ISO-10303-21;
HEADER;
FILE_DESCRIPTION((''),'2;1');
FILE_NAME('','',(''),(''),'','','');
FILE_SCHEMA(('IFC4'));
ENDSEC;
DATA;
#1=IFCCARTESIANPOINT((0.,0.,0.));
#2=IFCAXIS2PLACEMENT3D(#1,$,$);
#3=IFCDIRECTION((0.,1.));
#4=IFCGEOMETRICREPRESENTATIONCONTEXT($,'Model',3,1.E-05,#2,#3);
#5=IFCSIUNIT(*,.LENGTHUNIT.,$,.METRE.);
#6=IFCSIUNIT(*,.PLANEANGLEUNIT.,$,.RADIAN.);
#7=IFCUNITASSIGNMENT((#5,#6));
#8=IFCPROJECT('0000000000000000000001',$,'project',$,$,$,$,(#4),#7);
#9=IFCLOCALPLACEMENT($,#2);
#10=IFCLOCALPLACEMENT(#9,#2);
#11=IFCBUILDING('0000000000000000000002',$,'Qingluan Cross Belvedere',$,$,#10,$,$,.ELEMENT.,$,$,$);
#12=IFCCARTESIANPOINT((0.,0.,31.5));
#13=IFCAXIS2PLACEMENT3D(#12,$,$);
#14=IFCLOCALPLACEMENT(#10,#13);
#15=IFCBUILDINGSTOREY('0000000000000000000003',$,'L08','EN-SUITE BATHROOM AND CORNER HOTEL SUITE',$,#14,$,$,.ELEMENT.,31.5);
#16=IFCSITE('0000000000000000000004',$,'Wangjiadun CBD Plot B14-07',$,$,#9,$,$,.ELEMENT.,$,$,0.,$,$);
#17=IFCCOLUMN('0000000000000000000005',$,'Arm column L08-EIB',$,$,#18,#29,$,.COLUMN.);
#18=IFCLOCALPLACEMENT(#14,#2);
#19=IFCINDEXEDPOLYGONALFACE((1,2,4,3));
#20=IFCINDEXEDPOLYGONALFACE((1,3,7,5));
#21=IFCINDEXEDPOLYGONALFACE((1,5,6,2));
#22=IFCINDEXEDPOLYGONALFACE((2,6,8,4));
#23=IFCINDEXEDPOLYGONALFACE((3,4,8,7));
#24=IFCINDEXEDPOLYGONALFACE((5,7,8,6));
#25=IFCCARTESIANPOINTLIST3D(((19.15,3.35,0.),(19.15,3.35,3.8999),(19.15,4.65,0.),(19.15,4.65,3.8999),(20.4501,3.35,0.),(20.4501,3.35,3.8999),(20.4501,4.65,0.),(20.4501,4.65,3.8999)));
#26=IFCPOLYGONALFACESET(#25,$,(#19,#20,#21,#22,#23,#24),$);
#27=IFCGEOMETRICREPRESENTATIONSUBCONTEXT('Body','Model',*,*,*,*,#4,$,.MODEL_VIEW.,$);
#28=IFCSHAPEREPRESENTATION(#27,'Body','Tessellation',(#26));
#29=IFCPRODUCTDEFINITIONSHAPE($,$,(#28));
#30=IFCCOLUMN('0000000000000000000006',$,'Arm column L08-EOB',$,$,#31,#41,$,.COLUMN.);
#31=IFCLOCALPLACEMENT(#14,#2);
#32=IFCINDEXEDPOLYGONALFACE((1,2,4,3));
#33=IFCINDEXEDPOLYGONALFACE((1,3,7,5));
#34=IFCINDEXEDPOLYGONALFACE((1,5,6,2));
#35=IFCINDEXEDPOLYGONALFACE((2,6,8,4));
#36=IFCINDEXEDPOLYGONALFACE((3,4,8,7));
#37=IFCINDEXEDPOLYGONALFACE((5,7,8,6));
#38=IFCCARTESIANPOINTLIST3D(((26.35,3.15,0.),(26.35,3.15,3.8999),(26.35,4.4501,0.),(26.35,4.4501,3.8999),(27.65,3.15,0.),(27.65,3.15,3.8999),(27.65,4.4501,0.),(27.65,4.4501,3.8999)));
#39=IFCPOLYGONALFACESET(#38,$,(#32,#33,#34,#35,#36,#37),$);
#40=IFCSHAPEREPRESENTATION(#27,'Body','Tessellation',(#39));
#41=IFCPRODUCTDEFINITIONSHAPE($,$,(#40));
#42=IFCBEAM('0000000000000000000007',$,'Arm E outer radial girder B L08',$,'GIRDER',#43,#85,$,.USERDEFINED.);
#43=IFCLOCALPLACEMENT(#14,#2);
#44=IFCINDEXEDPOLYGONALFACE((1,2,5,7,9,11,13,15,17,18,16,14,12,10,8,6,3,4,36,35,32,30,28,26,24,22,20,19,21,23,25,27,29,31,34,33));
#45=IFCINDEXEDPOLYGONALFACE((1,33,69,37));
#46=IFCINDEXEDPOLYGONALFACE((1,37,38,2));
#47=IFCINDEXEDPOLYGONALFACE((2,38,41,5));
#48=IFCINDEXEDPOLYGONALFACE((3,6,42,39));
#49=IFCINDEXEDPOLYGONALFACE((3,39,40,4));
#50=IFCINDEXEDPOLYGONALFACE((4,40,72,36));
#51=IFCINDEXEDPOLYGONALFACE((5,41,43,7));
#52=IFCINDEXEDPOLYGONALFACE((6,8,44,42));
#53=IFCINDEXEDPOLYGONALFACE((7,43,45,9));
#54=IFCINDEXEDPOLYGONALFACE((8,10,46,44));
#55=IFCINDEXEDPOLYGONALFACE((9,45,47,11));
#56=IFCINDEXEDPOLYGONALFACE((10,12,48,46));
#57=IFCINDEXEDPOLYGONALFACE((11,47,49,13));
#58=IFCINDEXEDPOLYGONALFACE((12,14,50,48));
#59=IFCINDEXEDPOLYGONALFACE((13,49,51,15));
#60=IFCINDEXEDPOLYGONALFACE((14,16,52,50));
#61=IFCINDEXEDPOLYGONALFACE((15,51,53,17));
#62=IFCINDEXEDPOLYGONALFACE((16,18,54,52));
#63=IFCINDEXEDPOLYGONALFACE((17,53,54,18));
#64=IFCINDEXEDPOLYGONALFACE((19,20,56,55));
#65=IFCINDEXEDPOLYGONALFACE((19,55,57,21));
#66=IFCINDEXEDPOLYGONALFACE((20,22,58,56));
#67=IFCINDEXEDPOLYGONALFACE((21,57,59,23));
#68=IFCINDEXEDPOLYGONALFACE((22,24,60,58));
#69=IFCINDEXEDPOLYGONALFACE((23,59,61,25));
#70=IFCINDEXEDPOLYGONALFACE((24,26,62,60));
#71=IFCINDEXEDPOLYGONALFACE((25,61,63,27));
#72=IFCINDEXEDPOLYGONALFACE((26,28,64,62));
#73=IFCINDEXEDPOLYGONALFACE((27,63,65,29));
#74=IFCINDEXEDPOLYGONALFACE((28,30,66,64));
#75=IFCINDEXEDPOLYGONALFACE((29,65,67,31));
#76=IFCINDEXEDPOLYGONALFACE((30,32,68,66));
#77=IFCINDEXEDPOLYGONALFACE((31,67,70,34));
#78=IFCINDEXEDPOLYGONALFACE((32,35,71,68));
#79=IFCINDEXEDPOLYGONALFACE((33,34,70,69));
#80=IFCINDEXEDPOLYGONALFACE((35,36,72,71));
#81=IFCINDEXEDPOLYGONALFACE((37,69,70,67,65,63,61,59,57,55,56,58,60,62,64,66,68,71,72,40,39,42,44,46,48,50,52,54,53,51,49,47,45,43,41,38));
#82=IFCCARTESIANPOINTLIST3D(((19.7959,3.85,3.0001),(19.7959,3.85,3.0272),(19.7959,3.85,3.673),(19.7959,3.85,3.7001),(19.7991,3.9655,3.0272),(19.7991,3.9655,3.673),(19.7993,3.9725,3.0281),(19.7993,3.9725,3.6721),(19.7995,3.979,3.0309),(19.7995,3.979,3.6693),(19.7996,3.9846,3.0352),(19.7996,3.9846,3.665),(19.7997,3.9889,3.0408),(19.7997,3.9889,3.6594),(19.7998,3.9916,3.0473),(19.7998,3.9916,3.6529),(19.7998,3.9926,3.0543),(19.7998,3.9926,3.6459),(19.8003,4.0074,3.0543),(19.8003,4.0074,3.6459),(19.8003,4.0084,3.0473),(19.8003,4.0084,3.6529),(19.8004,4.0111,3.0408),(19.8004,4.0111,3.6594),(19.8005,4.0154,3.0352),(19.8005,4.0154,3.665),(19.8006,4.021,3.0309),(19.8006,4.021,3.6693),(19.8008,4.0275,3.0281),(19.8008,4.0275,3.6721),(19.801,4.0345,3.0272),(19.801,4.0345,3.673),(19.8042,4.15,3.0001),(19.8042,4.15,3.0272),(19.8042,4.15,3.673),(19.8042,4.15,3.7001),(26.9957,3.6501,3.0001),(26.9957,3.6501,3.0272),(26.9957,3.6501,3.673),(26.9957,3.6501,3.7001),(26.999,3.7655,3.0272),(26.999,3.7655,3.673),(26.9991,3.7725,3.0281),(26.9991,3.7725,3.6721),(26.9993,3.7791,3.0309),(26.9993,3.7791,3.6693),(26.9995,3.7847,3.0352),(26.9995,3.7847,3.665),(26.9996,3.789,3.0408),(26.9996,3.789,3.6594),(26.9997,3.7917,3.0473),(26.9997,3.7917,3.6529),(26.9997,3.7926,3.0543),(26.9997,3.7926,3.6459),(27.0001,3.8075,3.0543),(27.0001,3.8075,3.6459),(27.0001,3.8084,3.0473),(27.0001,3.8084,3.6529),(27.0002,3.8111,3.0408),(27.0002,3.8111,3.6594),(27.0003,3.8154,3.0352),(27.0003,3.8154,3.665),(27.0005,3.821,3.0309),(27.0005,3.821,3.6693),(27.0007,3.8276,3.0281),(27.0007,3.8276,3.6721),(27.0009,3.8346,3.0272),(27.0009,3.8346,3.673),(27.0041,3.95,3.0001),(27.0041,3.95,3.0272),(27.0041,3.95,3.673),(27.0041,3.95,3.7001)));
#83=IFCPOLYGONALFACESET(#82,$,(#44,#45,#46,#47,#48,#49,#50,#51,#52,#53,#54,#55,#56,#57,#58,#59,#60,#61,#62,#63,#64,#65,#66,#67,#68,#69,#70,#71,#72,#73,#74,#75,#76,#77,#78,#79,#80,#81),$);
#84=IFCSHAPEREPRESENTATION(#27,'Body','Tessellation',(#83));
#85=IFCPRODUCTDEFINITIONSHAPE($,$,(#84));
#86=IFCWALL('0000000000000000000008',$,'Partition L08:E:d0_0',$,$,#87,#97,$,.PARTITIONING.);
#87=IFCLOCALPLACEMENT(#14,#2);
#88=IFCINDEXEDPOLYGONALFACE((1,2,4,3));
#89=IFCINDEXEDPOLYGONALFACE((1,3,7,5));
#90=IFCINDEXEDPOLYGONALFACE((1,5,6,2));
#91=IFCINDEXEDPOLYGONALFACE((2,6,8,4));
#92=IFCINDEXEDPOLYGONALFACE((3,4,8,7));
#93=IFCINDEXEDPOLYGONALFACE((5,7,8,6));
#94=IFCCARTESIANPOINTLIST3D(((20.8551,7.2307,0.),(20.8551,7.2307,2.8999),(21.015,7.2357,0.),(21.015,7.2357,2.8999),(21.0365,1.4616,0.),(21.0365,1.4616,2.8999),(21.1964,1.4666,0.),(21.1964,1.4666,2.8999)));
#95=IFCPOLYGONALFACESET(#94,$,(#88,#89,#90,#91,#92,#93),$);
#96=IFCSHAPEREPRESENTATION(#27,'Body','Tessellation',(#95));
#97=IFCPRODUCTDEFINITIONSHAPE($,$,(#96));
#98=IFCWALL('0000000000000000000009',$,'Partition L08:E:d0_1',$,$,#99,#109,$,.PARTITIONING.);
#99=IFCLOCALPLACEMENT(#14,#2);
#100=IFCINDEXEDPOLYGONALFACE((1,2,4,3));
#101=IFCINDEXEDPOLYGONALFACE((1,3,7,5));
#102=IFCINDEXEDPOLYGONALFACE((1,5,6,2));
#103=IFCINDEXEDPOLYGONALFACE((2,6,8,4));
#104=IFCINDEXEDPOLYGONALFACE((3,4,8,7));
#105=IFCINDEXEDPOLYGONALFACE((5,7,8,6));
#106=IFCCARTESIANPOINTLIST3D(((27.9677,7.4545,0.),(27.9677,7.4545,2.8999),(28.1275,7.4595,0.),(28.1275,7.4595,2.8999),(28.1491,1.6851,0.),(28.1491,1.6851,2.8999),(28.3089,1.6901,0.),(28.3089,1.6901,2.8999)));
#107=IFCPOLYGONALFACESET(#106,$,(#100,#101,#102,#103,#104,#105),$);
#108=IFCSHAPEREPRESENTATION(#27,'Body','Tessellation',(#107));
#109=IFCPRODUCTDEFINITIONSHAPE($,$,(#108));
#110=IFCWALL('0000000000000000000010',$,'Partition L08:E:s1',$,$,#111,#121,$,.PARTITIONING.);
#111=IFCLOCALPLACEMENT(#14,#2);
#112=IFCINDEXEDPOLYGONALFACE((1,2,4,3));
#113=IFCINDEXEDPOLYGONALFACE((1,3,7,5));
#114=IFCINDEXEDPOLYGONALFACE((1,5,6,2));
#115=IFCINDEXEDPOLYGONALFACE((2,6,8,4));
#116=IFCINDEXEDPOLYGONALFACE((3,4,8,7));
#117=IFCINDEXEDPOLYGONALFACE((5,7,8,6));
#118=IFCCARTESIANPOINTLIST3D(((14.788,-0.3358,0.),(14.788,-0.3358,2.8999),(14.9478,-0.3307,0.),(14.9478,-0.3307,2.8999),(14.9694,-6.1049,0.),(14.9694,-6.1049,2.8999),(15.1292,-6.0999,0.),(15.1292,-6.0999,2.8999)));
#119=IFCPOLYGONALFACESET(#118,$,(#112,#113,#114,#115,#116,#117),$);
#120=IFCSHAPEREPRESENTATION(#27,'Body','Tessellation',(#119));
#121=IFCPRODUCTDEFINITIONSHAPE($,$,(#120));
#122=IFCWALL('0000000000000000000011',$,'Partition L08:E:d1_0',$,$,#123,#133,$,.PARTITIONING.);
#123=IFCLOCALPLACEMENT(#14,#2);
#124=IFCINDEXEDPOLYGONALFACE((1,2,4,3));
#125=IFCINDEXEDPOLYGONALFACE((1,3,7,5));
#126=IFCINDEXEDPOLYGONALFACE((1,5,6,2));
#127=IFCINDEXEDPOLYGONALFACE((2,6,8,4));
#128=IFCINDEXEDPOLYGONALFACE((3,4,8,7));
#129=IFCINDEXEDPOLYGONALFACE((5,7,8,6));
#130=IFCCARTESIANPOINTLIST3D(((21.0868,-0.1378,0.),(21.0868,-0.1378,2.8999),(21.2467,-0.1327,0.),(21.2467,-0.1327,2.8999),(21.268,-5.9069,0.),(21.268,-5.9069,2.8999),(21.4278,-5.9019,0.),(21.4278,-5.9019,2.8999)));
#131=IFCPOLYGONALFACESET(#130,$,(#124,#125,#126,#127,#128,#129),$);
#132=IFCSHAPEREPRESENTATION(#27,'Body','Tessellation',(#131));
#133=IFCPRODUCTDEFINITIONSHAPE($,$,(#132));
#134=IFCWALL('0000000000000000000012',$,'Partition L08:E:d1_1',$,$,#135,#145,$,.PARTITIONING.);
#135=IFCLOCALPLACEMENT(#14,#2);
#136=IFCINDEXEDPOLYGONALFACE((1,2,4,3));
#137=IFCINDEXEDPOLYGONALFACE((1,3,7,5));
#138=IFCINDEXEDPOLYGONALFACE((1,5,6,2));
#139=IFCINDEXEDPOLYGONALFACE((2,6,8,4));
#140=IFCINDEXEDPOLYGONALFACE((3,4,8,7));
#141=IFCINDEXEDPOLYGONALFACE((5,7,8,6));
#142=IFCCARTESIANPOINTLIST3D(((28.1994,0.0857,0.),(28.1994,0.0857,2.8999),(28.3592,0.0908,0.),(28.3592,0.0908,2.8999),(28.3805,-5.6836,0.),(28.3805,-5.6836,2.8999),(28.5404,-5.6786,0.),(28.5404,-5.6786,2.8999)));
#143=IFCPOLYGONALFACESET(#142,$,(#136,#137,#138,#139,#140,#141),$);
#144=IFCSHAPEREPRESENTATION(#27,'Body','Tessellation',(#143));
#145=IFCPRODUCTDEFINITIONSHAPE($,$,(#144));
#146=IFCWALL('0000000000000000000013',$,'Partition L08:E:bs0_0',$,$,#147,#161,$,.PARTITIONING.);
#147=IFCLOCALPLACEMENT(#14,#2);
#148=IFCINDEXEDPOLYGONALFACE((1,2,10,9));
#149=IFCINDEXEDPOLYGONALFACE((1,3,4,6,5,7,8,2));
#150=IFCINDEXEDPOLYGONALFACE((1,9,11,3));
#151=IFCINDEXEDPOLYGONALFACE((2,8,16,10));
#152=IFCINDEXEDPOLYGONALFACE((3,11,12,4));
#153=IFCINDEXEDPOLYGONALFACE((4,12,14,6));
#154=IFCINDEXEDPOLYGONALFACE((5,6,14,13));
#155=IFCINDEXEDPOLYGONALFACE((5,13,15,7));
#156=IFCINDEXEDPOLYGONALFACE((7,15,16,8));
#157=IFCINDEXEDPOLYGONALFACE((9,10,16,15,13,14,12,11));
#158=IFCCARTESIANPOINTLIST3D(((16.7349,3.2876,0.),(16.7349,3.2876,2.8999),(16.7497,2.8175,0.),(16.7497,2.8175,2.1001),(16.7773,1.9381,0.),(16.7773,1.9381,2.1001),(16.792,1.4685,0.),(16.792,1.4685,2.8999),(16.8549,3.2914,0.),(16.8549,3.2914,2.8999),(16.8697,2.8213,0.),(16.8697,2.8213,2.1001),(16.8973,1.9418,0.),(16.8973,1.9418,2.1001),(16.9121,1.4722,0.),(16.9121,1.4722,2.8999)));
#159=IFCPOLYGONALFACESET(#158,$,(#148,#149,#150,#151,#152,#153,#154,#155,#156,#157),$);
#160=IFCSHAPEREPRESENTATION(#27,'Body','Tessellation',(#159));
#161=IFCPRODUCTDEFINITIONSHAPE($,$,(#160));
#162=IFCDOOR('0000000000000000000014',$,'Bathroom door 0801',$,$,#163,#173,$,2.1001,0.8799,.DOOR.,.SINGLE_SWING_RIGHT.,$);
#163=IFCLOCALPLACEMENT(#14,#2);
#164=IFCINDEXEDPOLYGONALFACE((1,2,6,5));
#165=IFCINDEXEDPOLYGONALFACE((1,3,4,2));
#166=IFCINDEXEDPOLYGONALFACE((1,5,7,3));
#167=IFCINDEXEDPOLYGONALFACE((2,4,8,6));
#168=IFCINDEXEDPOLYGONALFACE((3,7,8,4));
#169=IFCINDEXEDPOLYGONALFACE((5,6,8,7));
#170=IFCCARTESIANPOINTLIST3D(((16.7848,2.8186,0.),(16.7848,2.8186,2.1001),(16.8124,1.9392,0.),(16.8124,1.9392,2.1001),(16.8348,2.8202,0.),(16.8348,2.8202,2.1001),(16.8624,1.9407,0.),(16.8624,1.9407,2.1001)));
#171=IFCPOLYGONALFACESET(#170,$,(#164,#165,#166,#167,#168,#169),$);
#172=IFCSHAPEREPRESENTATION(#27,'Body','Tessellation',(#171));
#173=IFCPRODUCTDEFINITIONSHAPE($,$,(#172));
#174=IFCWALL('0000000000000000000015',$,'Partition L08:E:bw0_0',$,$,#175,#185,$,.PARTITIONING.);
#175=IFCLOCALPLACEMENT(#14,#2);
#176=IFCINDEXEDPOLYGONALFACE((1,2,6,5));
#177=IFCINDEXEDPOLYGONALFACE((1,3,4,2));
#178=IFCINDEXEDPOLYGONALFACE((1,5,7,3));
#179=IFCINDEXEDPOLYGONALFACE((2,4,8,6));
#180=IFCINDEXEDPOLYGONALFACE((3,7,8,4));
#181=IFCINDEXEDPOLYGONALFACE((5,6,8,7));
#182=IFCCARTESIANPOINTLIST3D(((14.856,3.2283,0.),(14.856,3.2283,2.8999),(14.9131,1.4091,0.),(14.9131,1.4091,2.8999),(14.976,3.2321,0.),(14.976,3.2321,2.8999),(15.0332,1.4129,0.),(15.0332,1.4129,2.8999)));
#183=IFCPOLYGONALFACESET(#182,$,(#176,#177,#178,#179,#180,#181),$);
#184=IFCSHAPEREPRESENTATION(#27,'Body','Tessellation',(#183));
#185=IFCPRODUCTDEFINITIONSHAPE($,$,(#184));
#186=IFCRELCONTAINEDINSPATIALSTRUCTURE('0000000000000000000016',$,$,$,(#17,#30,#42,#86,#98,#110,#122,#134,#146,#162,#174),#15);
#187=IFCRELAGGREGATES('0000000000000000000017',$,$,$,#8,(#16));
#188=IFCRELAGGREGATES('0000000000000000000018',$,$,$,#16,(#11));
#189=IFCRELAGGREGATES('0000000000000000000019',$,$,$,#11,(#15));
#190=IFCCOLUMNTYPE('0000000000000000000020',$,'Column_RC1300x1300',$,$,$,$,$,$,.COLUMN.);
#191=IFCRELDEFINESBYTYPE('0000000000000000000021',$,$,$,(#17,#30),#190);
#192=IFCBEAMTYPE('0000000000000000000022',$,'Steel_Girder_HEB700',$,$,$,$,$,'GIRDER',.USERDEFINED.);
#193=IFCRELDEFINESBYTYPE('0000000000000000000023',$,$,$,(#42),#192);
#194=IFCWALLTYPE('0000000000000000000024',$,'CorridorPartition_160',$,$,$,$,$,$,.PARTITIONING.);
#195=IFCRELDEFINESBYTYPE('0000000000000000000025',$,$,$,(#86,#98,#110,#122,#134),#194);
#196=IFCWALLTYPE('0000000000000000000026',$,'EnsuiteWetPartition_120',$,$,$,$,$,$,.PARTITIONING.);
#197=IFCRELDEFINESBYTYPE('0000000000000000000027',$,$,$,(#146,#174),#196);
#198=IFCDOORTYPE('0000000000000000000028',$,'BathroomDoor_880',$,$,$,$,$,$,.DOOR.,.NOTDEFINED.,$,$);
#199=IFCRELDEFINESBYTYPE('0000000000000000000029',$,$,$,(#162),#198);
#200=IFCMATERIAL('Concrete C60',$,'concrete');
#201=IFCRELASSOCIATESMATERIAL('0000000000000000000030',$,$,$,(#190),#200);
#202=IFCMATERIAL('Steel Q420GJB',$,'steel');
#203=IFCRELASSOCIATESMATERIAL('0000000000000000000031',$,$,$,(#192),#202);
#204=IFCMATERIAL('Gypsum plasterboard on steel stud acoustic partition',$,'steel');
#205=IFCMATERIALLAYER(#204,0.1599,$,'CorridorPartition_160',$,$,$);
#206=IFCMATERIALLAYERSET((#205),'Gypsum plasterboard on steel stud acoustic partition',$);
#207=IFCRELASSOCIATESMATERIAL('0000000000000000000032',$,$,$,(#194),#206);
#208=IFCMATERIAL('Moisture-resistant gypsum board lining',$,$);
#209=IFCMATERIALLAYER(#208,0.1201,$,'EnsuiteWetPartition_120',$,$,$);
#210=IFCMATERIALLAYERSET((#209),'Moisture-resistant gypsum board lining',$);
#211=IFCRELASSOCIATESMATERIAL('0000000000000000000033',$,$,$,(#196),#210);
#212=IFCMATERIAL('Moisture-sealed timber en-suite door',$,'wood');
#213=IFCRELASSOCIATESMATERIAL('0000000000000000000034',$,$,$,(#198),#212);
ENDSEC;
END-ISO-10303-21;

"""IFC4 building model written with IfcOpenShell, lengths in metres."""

from ifc_helpers import new_model, si_unit, direction, frame, frame_2d, origin, origin_2d, place, context, subcontext, project, spatial, rectangle, i_section, extrude, material, layer, layer_set, material_profile, profile_set, type_object, element, fill, save


model = new_model("IFC4")

# Units and contexts
model_context = context("Model", 3, precision=1e-05, world=origin(), true_north=direction((0.0, 1.0)))
body_context = subcontext(model_context, "Body", "Model", "MODEL_VIEW")
ifc_project = project(units=[si_unit("LENGTHUNIT", "METRE"), si_unit("PLANEANGLEUNIT", "RADIAN")], contexts=[model_context])

# Site, building, storey
site_placement = place(None, origin())
site = spatial("IfcSite", under=ifc_project, at=site_placement, Name="Wangjiadun CBD Plot B14-07", CompositionType="ELEMENT", RefElevation=0.0)
building_placement = place(site_placement, origin())
building = spatial("IfcBuilding", under=site, at=building_placement, Name="Qingluan Cross Belvedere", CompositionType="ELEMENT")
storey_placement = place(building_placement, frame((0.0, 0.0, 31.5)))
storey = spatial("IfcBuildingStorey", under=building, at=storey_placement, Name="L08", Description="EN-SUITE BATHROOM AND CORNER HOTEL SUITE", CompositionType="ELEMENT", Elevation=31.5)

# Columns
ifc_material_1 = material(Name="Concrete C60", Category="concrete")
ifc_material_profile_1 = material_profile(ifc_material_1, rectangle(XDim=1.3, YDim=1.3, at=origin_2d()), Name="RC1300x1300")
ifc_profile_set_1 = profile_set([ifc_material_profile_1], Name="Concrete C60")
column_type = type_object("IfcColumnType", Name="Column_RC1300x1300", PredefinedType="COLUMN", material=ifc_profile_set_1)
for number, where, z_axis, x_axis, name in (
    (1, (19.8, 4.0, 0.0), (0.0, 0.0, 1.0), (1.0, 0.0, 0.0), "Arm column L08-EIB"),
    (2, (27.0, 3.8, 0.0), (0.0, 0.0, 1.0), (1.0, 0.0, 0.0), "Arm column L08-EOB"),
):
    element("IfcColumn", number, at=place(storey_placement, frame(where, z_axis=z_axis, x_axis=x_axis)), inside=storey, type_object=column_type, Name=name, PredefinedType="COLUMN", context=body_context, shape_type="SweptSolid", body=[
        extrude(rectangle(XDim=1.3, YDim=1.3, at=origin_2d()), origin(), (0.0, 0.0, 1.0), 3.8999),
    ])

# Beam
ifc_material_2 = material(Name="Steel Q420GJB", Category="steel")
ifc_material_profile_2 = material_profile(ifc_material_2, i_section(OverallWidth=0.3, OverallDepth=0.7, WebThickness=0.0149, FlangeThickness=0.0271, FilletRadius=0.0271, at=origin_2d()), Name="HEB700")
ifc_profile_set_2 = profile_set([ifc_material_profile_2], Name="Steel Q420GJB")
beam_type = type_object("IfcBeamType", Name="Steel_Girder_HEB700", ElementType="GIRDER", PredefinedType="USERDEFINED", material=ifc_profile_set_2)
beam_placement = place(storey_placement, frame((19.8, 4.0, 3.3501), z_axis=(0.999615, -0.02776, 0.0), x_axis=(0.02776, 0.999615, 0.0)))
element("IfcBeam", 3, at=beam_placement, inside=storey, type_object=beam_type, Name="Arm E outer radial girder B L08", ObjectType="GIRDER", PredefinedType="USERDEFINED", context=body_context, shape_type="SweptSolid", body=[
    extrude(i_section(OverallWidth=0.3, OverallDepth=0.7, WebThickness=0.0149, FlangeThickness=0.0271, FilletRadius=0.0271, at=origin_2d()), origin(), (0.0, 0.0, 1.0), 7.2026),
])

# Walls
ifc_material_3 = material(Name="Gypsum plasterboard on steel stud acoustic partition", Category="steel")
ifc_layer_1 = layer(ifc_material_3, 0.1599, Name="CorridorPartition_160")
ifc_layer_set_1 = layer_set([ifc_layer_1], Name="Gypsum plasterboard on steel stud acoustic partition")
wall_type_1 = type_object("IfcWallType", Name="CorridorPartition_160", PredefinedType="PARTITIONING", material=ifc_layer_set_1)
wall_1_placement = place(storey_placement, frame((21.1165, 1.4641, 0.0), z_axis=(0.0, 0.0, 1.0), x_axis=(-0.031428, 0.999506, 0.0)))
element("IfcWall", 4, at=wall_1_placement, inside=storey, type_object=wall_type_1, Name="Partition L08:E:d0_0", PredefinedType="PARTITIONING", context=body_context, shape_type="SweptSolid", body=[
    extrude(rectangle(XDim=5.772, YDim=0.1599, at=frame_2d((2.886, 0.0))), origin(), (0.0, 0.0, 1.0), 2.8999),
])
wall_2_placement = place(storey_placement, frame((28.229, 1.6875, 0.0), z_axis=(0.0, 0.0, 1.0), x_axis=(-0.031426, 0.999506, 0.0)))
element("IfcWall", 5, at=wall_2_placement, inside=storey, type_object=wall_type_1, Name="Partition L08:E:d0_1", PredefinedType="PARTITIONING", context=body_context, shape_type="SweptSolid", body=[
    extrude(rectangle(XDim=5.7722, YDim=0.1599, at=frame_2d((2.8862, 0.0))), origin(), (0.0, 0.0, 1.0), 2.8999),
])
for number, where, z_axis, x_axis, name in (
    (6, (14.8679, -0.3333, 0.0), (0.0, 0.0, 1.0), (0.031428, -0.999506, 0.0), "Partition L08:E:s1"),
    (7, (21.1667, -0.1353, 0.0), (0.0, 0.0, 1.0), (0.031385, -0.999507, 0.0), "Partition L08:E:d1_0"),
):
    element("IfcWall", number, at=place(storey_placement, frame(where, z_axis=z_axis, x_axis=x_axis)), inside=storey, type_object=wall_type_1, Name=name, PredefinedType="PARTITIONING", context=body_context, shape_type="SweptSolid", body=[
        extrude(rectangle(XDim=5.772, YDim=0.1599, at=frame_2d((2.886, 0.0))), origin(), (0.0, 0.0, 1.0), 2.8999),
    ])
wall_3_placement = place(storey_placement, frame((28.2793, 0.0884, 0.0), z_axis=(0.0, 0.0, 1.0), x_axis=(0.031384, -0.999507, 0.0)))
element("IfcWall", 8, at=wall_3_placement, inside=storey, type_object=wall_type_1, Name="Partition L08:E:d1_1", PredefinedType="PARTITIONING", context=body_context, shape_type="SweptSolid", body=[
    extrude(rectangle(XDim=5.7722, YDim=0.1599, at=frame_2d((2.8862, 0.0))), origin(), (0.0, 0.0, 1.0), 2.8999),
])

# Wall, opening, door
ifc_material_4 = material(Name="Moisture-resistant gypsum board lining")
ifc_layer_2 = layer(ifc_material_4, 0.1201, Name="EnsuiteWetPartition_120")
ifc_layer_set_2 = layer_set([ifc_layer_2], Name="Moisture-resistant gypsum board lining")
wall_type_2 = type_object("IfcWallType", Name="EnsuiteWetPartition_120", PredefinedType="PARTITIONING", material=ifc_layer_set_2)
wall_4_placement = place(storey_placement, frame((16.8521, 1.4702, 0.0), z_axis=(0.0, 0.0, 1.0), x_axis=(-0.03139, 0.999507, 0.0)))
wall_4 = element("IfcWall", 9, at=wall_4_placement, inside=storey, type_object=wall_type_2, Name="Partition L08:E:bs0_0", PredefinedType="PARTITIONING", context=body_context, shape_type="SweptSolid", body=[
    extrude(rectangle(XDim=1.8201, YDim=0.1201, at=frame_2d((0.9102, 0.0))), origin(), (0.0, 0.0, 1.0), 2.8999),
])
opening_1_placement = place(wall_4_placement, frame((0.47, 0.0, 0.0)))
opening_1 = element("IfcOpeningElement", 10, at=opening_1_placement, cuts=wall_4, PredefinedType="OPENING", context=body_context, shape_type="SweptSolid", body=[
    extrude(rectangle(XDim=0.8799, YDim=2.1001, at=frame_2d((0.4399, 1.05))), frame((0.0, 0.0701, 0.0), z_axis=(0.0, -1.0, 0.0), x_axis=(1.0, 0.0, 0.0)), (0.0, 0.0, 1.0), 0.1401),
])
ifc_material_5 = material(Name="Moisture-sealed timber en-suite door", Category="wood")
door_type = type_object("IfcDoorType", Name="BathroomDoor_880", OperationType="NOTDEFINED", PredefinedType="DOOR", material=ifc_material_5)
door_1_placement = place(opening_1_placement, origin())
door_1 = element("IfcDoor", 11, at=door_1_placement, inside=storey, type_object=door_type, Name="Bathroom door 0801", OperationType="SINGLE_SWING_RIGHT", OverallHeight=2.1001, OverallWidth=0.8799, PredefinedType="DOOR", context=body_context, shape_type="SweptSolid", body=[
    extrude(rectangle(XDim=0.8799, YDim=2.1001, at=frame_2d((0.4399, 1.05))), frame((0.0, 0.0249, 0.0), z_axis=(0.0, -1.0, 0.0), x_axis=(1.0, 0.0, 0.0)), (0.0, 0.0, 1.0), 0.05),
])
fill(opening_1, door_1)

# Wall
wall_5_placement = place(storey_placement, frame((14.9731, 1.4109, 0.0), z_axis=(0.0, 0.0, 1.0), x_axis=(-0.03139, 0.999507, 0.0)))
element("IfcWall", 12, at=wall_5_placement, inside=storey, type_object=wall_type_2, Name="Partition L08:E:bw0_0", PredefinedType="PARTITIONING", context=body_context, shape_type="SweptSolid", body=[
    extrude(rectangle(XDim=1.8201, YDim=0.1201, at=frame_2d((0.9102, 0.0))), origin(), (0.0, 0.0, 1.0), 2.8999),
])

save(model, "model.ifc")
